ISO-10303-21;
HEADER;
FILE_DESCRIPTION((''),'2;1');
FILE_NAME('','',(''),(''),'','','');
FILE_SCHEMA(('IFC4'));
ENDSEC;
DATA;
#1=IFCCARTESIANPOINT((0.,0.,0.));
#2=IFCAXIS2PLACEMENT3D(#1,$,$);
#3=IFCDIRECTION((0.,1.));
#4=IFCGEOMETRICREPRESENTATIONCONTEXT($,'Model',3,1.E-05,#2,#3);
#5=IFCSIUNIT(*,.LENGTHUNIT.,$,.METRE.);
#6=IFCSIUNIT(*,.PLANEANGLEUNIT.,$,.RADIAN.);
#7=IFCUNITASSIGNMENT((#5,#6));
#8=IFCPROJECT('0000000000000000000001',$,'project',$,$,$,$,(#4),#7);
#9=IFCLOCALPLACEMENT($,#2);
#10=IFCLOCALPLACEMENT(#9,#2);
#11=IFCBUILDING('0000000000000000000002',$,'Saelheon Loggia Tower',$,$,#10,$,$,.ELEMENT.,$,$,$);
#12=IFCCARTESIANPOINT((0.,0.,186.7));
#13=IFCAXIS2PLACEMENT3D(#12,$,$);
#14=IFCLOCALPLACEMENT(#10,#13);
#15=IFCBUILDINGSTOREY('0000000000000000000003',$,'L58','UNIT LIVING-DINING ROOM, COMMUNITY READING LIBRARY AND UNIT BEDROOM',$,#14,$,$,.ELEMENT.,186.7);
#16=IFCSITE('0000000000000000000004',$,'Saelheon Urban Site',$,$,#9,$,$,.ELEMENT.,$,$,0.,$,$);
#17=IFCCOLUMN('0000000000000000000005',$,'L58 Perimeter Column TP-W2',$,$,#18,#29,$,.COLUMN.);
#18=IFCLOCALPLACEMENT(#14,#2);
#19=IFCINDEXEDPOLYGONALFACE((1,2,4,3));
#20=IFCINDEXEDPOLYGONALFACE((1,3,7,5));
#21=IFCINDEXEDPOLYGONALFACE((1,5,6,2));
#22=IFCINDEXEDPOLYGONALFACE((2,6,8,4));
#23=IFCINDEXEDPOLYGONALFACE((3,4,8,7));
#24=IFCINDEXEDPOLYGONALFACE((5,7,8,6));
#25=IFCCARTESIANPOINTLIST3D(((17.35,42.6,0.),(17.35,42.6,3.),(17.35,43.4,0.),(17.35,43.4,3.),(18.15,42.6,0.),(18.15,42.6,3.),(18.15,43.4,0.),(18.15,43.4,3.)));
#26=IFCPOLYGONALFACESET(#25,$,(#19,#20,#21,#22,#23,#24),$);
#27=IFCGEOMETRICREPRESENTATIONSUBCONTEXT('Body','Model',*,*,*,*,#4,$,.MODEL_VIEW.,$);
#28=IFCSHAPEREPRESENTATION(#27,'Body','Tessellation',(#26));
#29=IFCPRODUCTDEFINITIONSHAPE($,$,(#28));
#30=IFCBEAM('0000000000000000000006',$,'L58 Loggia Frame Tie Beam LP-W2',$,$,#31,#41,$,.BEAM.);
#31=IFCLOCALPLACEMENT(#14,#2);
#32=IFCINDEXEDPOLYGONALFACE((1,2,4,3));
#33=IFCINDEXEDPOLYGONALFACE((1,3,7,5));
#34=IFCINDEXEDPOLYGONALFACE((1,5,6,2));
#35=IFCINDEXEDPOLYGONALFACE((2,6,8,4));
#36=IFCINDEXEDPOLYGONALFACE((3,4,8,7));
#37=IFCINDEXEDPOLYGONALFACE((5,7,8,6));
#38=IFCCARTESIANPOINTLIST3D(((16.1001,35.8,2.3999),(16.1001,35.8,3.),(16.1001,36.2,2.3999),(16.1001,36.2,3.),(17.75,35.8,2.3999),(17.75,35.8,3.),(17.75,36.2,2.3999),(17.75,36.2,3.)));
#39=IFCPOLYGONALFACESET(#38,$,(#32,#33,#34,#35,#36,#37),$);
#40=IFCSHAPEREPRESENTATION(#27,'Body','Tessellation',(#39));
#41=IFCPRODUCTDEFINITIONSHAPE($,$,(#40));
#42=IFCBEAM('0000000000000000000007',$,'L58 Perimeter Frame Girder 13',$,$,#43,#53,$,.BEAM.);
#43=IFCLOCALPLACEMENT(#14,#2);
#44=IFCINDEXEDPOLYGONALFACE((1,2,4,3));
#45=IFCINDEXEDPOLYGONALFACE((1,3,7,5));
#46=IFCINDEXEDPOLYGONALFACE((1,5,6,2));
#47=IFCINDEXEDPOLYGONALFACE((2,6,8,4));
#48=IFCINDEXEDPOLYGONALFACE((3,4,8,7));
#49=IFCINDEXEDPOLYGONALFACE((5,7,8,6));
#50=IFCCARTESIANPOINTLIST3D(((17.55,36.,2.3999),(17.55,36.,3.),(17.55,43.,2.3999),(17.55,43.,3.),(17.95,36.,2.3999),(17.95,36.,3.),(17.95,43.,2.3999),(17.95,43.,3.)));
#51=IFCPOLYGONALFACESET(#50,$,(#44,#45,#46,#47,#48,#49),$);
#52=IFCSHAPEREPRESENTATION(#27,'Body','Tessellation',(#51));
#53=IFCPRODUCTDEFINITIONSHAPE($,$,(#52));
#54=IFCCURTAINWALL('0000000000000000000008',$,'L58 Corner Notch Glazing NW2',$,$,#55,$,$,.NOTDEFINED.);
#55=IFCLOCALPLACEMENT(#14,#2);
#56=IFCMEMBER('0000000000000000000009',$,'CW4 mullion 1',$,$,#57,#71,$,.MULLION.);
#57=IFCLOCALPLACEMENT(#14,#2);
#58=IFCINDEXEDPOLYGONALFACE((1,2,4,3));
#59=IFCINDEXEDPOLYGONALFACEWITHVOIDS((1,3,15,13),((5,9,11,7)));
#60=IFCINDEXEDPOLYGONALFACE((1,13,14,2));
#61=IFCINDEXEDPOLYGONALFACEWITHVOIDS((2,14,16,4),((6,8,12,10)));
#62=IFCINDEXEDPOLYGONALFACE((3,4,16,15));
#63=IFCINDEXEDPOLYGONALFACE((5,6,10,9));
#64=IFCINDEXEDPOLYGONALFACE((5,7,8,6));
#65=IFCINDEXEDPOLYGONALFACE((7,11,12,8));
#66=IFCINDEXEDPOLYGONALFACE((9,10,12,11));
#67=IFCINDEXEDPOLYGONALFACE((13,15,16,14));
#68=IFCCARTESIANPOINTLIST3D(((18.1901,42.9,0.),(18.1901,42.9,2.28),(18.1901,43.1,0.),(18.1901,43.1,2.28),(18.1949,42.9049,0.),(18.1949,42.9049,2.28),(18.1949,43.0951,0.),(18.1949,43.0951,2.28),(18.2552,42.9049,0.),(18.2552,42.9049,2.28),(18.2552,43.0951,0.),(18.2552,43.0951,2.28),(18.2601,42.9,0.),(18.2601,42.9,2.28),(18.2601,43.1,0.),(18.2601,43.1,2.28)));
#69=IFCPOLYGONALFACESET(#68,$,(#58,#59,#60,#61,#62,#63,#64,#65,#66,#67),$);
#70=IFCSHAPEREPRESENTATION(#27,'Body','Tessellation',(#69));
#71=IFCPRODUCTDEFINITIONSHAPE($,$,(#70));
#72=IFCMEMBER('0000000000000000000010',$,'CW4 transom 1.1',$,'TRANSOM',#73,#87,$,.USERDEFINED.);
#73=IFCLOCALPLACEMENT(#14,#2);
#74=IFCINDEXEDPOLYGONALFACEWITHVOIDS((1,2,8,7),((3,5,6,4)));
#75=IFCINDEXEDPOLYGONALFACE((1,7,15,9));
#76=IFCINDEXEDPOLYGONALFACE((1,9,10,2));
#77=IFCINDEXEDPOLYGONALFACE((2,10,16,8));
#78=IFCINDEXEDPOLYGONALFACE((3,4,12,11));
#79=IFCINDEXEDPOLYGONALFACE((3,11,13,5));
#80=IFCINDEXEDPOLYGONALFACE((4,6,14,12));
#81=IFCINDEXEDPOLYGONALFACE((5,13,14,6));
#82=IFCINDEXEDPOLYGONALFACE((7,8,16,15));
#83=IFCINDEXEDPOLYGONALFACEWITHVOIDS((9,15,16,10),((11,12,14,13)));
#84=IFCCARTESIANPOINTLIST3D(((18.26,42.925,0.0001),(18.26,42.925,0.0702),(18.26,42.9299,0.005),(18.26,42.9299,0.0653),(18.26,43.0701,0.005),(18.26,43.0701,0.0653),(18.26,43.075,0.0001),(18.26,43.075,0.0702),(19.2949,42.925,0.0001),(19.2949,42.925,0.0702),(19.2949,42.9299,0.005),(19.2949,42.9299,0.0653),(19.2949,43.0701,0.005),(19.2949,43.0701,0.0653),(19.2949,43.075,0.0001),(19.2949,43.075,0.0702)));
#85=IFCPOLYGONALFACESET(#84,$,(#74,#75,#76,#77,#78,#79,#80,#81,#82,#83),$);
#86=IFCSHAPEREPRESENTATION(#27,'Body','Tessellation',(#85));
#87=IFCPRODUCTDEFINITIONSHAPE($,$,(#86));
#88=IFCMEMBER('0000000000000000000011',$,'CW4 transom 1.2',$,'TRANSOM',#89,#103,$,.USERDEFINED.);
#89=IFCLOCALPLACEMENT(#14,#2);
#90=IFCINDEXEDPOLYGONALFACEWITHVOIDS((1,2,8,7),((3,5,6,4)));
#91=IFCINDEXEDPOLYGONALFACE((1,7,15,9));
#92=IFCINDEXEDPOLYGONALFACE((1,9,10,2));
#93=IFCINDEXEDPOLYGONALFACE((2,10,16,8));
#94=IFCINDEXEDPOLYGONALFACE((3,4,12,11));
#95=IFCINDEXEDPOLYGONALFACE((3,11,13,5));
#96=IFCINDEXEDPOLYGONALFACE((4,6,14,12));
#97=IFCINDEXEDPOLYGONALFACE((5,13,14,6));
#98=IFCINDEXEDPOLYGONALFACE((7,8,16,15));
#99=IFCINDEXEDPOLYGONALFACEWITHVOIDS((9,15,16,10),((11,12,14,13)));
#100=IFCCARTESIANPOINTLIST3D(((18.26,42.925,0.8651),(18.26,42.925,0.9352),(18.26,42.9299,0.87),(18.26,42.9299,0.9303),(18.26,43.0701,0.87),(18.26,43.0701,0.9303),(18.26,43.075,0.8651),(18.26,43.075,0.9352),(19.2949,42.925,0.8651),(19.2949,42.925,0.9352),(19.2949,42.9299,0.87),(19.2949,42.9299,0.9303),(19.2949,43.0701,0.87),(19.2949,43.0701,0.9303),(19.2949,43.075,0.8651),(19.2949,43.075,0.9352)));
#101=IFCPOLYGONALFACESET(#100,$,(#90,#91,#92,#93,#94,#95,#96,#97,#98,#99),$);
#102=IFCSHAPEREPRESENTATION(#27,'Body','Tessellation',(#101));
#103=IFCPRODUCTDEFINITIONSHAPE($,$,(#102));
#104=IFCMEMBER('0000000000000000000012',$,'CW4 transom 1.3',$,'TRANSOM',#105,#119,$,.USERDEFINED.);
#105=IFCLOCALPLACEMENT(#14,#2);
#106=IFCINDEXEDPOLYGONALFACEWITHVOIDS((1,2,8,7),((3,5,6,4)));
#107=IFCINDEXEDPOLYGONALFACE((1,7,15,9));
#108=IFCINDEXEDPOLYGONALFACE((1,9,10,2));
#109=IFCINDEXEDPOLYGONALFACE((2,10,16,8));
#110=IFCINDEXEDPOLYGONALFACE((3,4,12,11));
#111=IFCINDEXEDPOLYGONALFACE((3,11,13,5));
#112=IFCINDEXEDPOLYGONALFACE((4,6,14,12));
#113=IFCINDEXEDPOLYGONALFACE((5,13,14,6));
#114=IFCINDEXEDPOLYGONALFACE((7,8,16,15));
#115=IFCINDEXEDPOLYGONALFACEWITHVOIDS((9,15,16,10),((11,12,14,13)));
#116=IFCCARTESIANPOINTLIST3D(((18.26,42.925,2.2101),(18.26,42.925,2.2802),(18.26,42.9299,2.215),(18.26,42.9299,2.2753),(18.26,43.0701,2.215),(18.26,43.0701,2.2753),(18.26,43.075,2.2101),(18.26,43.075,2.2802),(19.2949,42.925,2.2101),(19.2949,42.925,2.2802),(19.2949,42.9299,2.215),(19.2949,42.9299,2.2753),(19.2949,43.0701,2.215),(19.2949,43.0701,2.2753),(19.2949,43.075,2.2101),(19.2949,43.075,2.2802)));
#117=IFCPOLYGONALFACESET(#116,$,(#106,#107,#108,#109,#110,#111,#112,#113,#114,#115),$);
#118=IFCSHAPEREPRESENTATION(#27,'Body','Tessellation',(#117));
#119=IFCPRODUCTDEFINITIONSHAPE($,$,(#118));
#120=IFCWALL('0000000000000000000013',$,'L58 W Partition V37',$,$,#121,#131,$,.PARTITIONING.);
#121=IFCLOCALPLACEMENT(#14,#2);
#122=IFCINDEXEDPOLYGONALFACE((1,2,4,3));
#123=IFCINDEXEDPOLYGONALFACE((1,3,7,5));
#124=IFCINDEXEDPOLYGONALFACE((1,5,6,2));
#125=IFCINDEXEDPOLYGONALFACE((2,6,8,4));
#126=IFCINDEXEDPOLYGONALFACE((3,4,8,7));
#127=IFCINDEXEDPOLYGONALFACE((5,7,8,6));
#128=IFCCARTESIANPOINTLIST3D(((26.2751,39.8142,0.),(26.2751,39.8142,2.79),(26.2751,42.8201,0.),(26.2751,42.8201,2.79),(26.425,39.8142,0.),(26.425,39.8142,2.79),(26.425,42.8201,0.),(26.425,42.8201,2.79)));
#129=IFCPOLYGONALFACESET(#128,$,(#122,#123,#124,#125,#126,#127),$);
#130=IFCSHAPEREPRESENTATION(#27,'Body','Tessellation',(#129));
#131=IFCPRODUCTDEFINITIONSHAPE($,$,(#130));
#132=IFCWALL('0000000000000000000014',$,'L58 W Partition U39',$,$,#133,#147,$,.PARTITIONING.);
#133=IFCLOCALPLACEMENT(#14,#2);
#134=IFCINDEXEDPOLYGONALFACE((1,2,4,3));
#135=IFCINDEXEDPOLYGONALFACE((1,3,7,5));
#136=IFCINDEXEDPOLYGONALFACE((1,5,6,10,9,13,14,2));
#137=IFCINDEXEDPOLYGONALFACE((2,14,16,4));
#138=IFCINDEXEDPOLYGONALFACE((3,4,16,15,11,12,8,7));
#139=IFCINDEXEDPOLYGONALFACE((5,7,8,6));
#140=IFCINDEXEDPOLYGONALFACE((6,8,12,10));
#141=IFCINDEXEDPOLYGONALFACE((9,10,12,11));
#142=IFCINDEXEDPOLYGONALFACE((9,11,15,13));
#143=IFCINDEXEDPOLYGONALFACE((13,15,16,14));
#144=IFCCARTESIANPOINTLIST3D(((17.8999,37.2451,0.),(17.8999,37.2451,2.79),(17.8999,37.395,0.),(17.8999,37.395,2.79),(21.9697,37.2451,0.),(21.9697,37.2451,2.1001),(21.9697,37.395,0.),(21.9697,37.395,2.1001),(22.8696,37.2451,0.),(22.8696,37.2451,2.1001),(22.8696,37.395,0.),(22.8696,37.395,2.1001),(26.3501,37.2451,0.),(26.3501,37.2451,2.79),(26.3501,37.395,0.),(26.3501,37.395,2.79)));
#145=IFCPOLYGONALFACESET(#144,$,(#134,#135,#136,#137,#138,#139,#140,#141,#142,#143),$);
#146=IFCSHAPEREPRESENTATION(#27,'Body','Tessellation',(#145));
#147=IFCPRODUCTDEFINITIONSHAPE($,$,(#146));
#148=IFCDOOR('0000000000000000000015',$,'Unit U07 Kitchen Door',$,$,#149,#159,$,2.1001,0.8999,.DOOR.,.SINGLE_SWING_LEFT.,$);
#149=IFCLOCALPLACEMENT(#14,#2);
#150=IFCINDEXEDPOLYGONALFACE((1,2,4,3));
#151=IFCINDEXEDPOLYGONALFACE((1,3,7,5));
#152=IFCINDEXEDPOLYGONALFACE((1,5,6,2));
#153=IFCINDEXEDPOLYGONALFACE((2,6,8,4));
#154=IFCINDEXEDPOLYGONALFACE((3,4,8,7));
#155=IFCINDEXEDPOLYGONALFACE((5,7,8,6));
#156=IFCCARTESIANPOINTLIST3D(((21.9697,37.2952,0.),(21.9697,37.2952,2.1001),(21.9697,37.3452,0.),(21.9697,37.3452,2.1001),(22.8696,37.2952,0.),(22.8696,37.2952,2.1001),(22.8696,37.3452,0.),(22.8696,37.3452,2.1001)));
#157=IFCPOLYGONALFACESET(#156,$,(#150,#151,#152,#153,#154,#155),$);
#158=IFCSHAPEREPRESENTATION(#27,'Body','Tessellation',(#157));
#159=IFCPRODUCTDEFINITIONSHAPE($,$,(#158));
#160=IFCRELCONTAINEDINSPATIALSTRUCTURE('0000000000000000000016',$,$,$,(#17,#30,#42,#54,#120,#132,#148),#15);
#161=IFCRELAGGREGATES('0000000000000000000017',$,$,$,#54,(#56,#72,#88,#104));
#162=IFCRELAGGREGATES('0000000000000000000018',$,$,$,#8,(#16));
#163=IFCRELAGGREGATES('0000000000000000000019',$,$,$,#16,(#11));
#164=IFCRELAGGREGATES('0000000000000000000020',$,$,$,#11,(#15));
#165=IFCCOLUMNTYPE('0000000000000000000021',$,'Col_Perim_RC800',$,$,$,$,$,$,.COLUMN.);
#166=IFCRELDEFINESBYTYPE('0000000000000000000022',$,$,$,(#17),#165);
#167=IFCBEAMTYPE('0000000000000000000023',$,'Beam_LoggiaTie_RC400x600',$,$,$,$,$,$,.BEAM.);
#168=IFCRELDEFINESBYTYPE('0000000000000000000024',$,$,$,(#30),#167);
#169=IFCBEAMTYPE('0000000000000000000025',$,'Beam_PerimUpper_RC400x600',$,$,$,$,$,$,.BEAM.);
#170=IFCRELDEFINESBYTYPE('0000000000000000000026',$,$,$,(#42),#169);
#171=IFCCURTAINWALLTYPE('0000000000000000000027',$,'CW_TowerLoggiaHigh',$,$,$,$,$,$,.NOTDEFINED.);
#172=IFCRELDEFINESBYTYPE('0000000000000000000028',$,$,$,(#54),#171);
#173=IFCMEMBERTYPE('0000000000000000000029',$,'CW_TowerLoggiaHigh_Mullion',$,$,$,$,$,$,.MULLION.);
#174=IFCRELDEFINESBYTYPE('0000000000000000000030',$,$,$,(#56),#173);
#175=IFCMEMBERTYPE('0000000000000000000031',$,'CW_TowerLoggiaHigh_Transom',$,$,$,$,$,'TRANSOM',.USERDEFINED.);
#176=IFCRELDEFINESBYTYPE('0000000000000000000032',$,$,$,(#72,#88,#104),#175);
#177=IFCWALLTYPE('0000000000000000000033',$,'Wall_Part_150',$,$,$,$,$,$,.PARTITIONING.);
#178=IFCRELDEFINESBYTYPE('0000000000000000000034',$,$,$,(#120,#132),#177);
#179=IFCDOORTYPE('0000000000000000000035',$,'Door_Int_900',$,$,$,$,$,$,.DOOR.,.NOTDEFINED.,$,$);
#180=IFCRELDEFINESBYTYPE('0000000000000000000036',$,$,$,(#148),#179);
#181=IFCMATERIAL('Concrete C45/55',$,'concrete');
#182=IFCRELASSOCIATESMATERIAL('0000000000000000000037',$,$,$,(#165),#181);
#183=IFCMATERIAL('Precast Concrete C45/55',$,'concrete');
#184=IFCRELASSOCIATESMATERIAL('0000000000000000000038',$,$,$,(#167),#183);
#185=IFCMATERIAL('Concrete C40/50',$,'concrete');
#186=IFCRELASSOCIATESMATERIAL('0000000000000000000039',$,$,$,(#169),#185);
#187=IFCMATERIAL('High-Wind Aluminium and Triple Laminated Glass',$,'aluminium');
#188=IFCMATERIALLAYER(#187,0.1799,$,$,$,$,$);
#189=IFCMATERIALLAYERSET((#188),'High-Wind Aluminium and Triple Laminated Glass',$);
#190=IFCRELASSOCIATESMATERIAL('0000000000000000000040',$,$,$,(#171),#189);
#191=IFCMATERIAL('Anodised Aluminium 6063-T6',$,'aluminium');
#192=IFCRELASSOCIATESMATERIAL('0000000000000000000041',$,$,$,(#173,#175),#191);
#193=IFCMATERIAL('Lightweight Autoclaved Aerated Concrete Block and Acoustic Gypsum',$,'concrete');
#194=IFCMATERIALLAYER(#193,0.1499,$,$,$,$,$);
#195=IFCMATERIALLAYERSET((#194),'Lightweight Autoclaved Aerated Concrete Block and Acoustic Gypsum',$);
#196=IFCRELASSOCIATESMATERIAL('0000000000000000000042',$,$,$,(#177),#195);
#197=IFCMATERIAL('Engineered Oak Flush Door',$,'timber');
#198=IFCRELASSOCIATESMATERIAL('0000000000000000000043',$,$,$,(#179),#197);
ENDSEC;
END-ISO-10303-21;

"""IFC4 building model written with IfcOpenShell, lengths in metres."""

from ifc_helpers import new_model, si_unit, direction, frame, frame_2d, origin, origin_2d, place, context, subcontext, project, spatial, rectangle, hollow_rectangle, extrude, source, transform, mapped, material, layer, layer_set, material_profile, profile_set, type_object, element, fill, aggregate, save


model = new_model("IFC4")

# Units and contexts
model_context = context("Model", 3, precision=1e-05, world=origin(), true_north=direction((0.0, 1.0)))
body_context = subcontext(model_context, "Body", "Model", "MODEL_VIEW")
ifc_project = project(units=[si_unit("LENGTHUNIT", "METRE"), si_unit("PLANEANGLEUNIT", "RADIAN")], contexts=[model_context])

# Site, building, storey
site_placement = place(None, origin())
site = spatial("IfcSite", under=ifc_project, at=site_placement, Name="Saelheon Urban Site", CompositionType="ELEMENT", RefElevation=0.0)
building_placement = place(site_placement, origin())
building = spatial("IfcBuilding", under=site, at=building_placement, Name="Saelheon Loggia Tower", CompositionType="ELEMENT")
storey_placement = place(building_placement, frame((0.0, 0.0, 186.7)))
storey = spatial("IfcBuildingStorey", under=building, at=storey_placement, Name="L58", Description="UNIT LIVING-DINING ROOM, COMMUNITY READING LIBRARY AND UNIT BEDROOM", CompositionType="ELEMENT", Elevation=186.7)

# Column
ifc_material_1 = material(Name="Concrete C45/55", Category="concrete")
ifc_material_profile_1 = material_profile(ifc_material_1, rectangle(XDim=0.8, YDim=0.8, at=origin_2d()), Name="RC-800x800")
ifc_profile_set_1 = profile_set([ifc_material_profile_1], Name="Concrete C45/55")
column_type = type_object("IfcColumnType", Name="Col_Perim_RC800", PredefinedType="COLUMN", material=ifc_profile_set_1)
shared_shape_1 = source(origin(), body_context, "Body", "SweptSolid", [
    extrude(rectangle(XDim=0.8, YDim=0.8, at=origin_2d()), origin(), (0.0, 0.0, 1.0), 3.0),
])
column_placement = place(storey_placement, frame((17.75, 43.0, 0.0), z_axis=(0.0, 0.0, 1.0), x_axis=(1.0, 0.0, 0.0)))
element("IfcColumn", 1, at=column_placement, inside=storey, type_object=column_type, Name="L58 Perimeter Column TP-W2", PredefinedType="COLUMN", context=body_context, shape_type="MappedRepresentation", body=[
    mapped(shared_shape_1, transform((0.0, 0.0, 0.0), scale=1.0)),
])

# Beams
ifc_material_2 = material(Name="Precast Concrete C45/55", Category="concrete")
ifc_material_profile_2 = material_profile(ifc_material_2, rectangle(XDim=0.3999, YDim=0.6001, at=origin_2d()), Name="RC-400x600")
ifc_profile_set_2 = profile_set([ifc_material_profile_2], Name="Precast Concrete C45/55")
beam_type_1 = type_object("IfcBeamType", Name="Beam_LoggiaTie_RC400x600", PredefinedType="BEAM", material=ifc_profile_set_2)
shared_shape_2 = source(origin(), body_context, "Body", "SweptSolid", [
    extrude(rectangle(XDim=0.3999, YDim=0.6001, at=origin_2d()), origin(), (0.0, 0.0, 1.0), 1.6499),
])
beam_1_placement = place(storey_placement, frame((17.75, 36.0, 2.7), z_axis=(-1.0, 0.0, 0.0), x_axis=(0.0, -1.0, 0.0)))
element("IfcBeam", 2, at=beam_1_placement, inside=storey, type_object=beam_type_1, Name="L58 Loggia Frame Tie Beam LP-W2", PredefinedType="BEAM", context=body_context, shape_type="MappedRepresentation", body=[
    mapped(shared_shape_2, transform((0.0, 0.0, 0.0), scale=1.0)),
])
ifc_material_3 = material(Name="Concrete C40/50", Category="concrete")
ifc_material_profile_3 = material_profile(ifc_material_3, rectangle(XDim=0.3999, YDim=0.6001, at=origin_2d()), Name="RC-400x600")
ifc_profile_set_3 = profile_set([ifc_material_profile_3], Name="Concrete C40/50")
beam_type_2 = type_object("IfcBeamType", Name="Beam_PerimUpper_RC400x600", PredefinedType="BEAM", material=ifc_profile_set_3)
shared_shape_3 = source(origin(), body_context, "Body", "SweptSolid", [
    extrude(rectangle(XDim=0.3999, YDim=0.6001, at=origin_2d()), origin(), (0.0, 0.0, 1.0), 7.0),
])
beam_2_placement = place(storey_placement, frame((17.75, 43.0, 2.7), z_axis=(0.0, -1.0, 0.0), x_axis=(1.0, 0.0, 0.0)))
element("IfcBeam", 3, at=beam_2_placement, inside=storey, type_object=beam_type_2, Name="L58 Perimeter Frame Girder 13", PredefinedType="BEAM", context=body_context, shape_type="MappedRepresentation", body=[
    mapped(shared_shape_3, transform((0.0, 0.0, 0.0), scale=1.0)),
])

# Curtain wall, members
ifc_material_4 = material(Name="High-Wind Aluminium and Triple Laminated Glass", Category="aluminium")
ifc_layer_1 = layer(ifc_material_4, 0.1799)
ifc_layer_set_1 = layer_set([ifc_layer_1], Name="High-Wind Aluminium and Triple Laminated Glass")
curtain_wall_type = type_object("IfcCurtainWallType", Name="CW_TowerLoggiaHigh", PredefinedType="NOTDEFINED", material=ifc_layer_set_1)
curtain_wall_placement = place(storey_placement, origin())
curtain_wall = element("IfcCurtainWall", 4, at=curtain_wall_placement, inside=storey, type_object=curtain_wall_type, Name="L58 Corner Notch Glazing NW2", PredefinedType="NOTDEFINED")
ifc_material_5 = material(Name="Anodised Aluminium 6063-T6", Category="aluminium")
ifc_material_profile_4 = material_profile(ifc_material_5, hollow_rectangle(XDim=0.0701, YDim=0.2, WallThickness=0.0049, at=origin_2d()), Name="RHS-200x70x5")
ifc_profile_set_4 = profile_set([ifc_material_profile_4], Name="Anodised Aluminium 6063-T6")
member_type_1 = type_object("IfcMemberType", Name="CW_TowerLoggiaHigh_Mullion", PredefinedType="MULLION", material=ifc_profile_set_4)
shared_shape_4 = source(origin(), body_context, "Body", "SweptSolid", [
    extrude(hollow_rectangle(XDim=0.0701, YDim=0.2, WallThickness=0.0049, at=origin_2d()), origin(), (0.0, 0.0, 1.0), 2.28),
])
member_1_placement = place(storey_placement, frame((18.2251, 43.0, 0.0), z_axis=(0.0, 0.0, 1.0), x_axis=(1.0, 0.0, 0.0)))
member_1 = element("IfcMember", 5, at=member_1_placement, type_object=member_type_1, Name="CW4 mullion 1", PredefinedType="MULLION", context=body_context, shape_type="MappedRepresentation", body=[
    mapped(shared_shape_4, transform((0.0, 0.0, 0.0), scale=1.0)),
])
ifc_material_profile_5 = material_profile(ifc_material_5, hollow_rectangle(XDim=0.0701, YDim=0.1499, WallThickness=0.0049, at=origin_2d()), Name="RHS-150x70x5")
ifc_profile_set_5 = profile_set([ifc_material_profile_5], Name="Anodised Aluminium 6063-T6")
member_type_2 = type_object("IfcMemberType", Name="CW_TowerLoggiaHigh_Transom", ElementType="TRANSOM", PredefinedType="USERDEFINED", material=ifc_profile_set_5)
shared_shape_5 = source(origin(), body_context, "Body", "SweptSolid", [
    extrude(hollow_rectangle(XDim=0.0701, YDim=0.1499, WallThickness=0.0049, at=origin_2d()), origin(), (0.0, 0.0, 1.0), 1.0349),
])
member_2_placement = place(storey_placement, frame((18.26, 43.0, 0.0352), z_axis=(1.0, 0.0, 0.0), x_axis=(0.0, 0.0, 1.0)))
member_2 = element("IfcMember", 6, at=member_2_placement, type_object=member_type_2, Name="CW4 transom 1.1", ObjectType="TRANSOM", PredefinedType="USERDEFINED", context=body_context, shape_type="MappedRepresentation", body=[
    mapped(shared_shape_5, transform((0.0, 0.0, 0.0), scale=1.0)),
])
member_3_placement = place(storey_placement, frame((18.26, 43.0, 0.9001), z_axis=(1.0, 0.0, 0.0), x_axis=(0.0, 0.0, 1.0)))
member_3 = element("IfcMember", 7, at=member_3_placement, type_object=member_type_2, Name="CW4 transom 1.2", ObjectType="TRANSOM", PredefinedType="USERDEFINED", context=body_context, shape_type="MappedRepresentation", body=[
    mapped(shared_shape_5, transform((0.0, 0.0, 0.0), scale=1.0)),
])
member_4_placement = place(storey_placement, frame((18.26, 43.0, 2.2451), z_axis=(1.0, 0.0, 0.0), x_axis=(0.0, 0.0, 1.0)))
member_4 = element("IfcMember", 8, at=member_4_placement, type_object=member_type_2, Name="CW4 transom 1.3", ObjectType="TRANSOM", PredefinedType="USERDEFINED", context=body_context, shape_type="MappedRepresentation", body=[
    mapped(shared_shape_5, transform((0.0, 0.0, 0.0), scale=1.0)),
])
aggregate(curtain_wall, [member_1, member_2, member_3, member_4])

# Wall
ifc_material_6 = material(Name="Lightweight Autoclaved Aerated Concrete Block and Acoustic Gypsum", Category="concrete")
ifc_layer_2 = layer(ifc_material_6, 0.1499)
ifc_layer_set_2 = layer_set([ifc_layer_2], Name="Lightweight Autoclaved Aerated Concrete Block and Acoustic Gypsum")
wall_type_1 = type_object("IfcWallType", Name="Wall_Part_150", PredefinedType="PARTITIONING", material=ifc_layer_set_2)
wall_1_placement = place(storey_placement, frame((26.3501, 39.8142, 0.0), z_axis=(0.0, 0.0, 1.0), x_axis=(0.0, 1.0, 0.0)))
element("IfcWall", 9, at=wall_1_placement, inside=storey, type_object=wall_type_1, Name="L58 W Partition V37", PredefinedType="PARTITIONING", context=body_context, shape_type="SweptSolid", body=[
    extrude(rectangle(XDim=3.0059, YDim=0.1499, at=frame_2d((1.5029, 0.0))), origin(), (0.0, 0.0, 1.0), 2.79),
])

# Wall, opening, door
wall_2_placement = place(storey_placement, frame((26.3501, 37.3201, 0.0), z_axis=(0.0, 0.0, 1.0), x_axis=(-1.0, 0.0, 0.0)))
wall_2 = element("IfcWall", 10, at=wall_2_placement, inside=storey, type_object=wall_type_1, Name="L58 W Partition U39", PredefinedType="PARTITIONING", context=body_context, shape_type="SweptSolid", body=[
    extrude(rectangle(XDim=8.4502, YDim=0.1499, at=frame_2d((4.2251, 0.0))), origin(), (0.0, 0.0, 1.0), 2.79),
])
opening_1_placement = place(wall_2_placement, frame((3.4805, 0.0, 0.0)))
opening_1 = element("IfcOpeningElement", 11, at=opening_1_placement, cuts=wall_2, PredefinedType="OPENING", context=body_context, shape_type="SweptSolid", body=[
    extrude(rectangle(XDim=0.8999, YDim=2.1001, at=frame_2d((0.45, 1.05))), frame((0.0, 0.0869, 0.0), z_axis=(0.0, -1.0, 0.0), x_axis=(1.0, 0.0, 0.0)), (0.0, 0.0, 1.0), 0.1738),
])
ifc_material_7 = material(Name="Engineered Oak Flush Door", Category="timber")
door_type_1 = type_object("IfcDoorType", Name="Door_Int_900", OperationType="NOTDEFINED", PredefinedType="DOOR", material=ifc_material_7)
shared_shape_6 = source(origin(), body_context, "Body", "SweptSolid", [
    extrude(rectangle(XDim=0.8999, YDim=2.1001, at=frame_2d((0.45, 1.05))), frame((0.0, 0.0249, 0.0), z_axis=(0.0, -1.0, 0.0), x_axis=(1.0, 0.0, 0.0)), (0.0, 0.0, 1.0), 0.05),
])
door_1_placement = place(opening_1_placement, origin())
door_1 = element("IfcDoor", 12, at=door_1_placement, inside=storey, type_object=door_type_1, Name="Unit U07 Kitchen Door", OperationType="SINGLE_SWING_LEFT", OverallHeight=2.1001, OverallWidth=0.8999, PredefinedType="DOOR", context=body_context, shape_type="MappedRepresentation", body=[
    mapped(shared_shape_6, transform((0.0, 0.0, 0.0), scale=1.0)),
])
fill(opening_1, door_1)

save(model, "model.ifc")
